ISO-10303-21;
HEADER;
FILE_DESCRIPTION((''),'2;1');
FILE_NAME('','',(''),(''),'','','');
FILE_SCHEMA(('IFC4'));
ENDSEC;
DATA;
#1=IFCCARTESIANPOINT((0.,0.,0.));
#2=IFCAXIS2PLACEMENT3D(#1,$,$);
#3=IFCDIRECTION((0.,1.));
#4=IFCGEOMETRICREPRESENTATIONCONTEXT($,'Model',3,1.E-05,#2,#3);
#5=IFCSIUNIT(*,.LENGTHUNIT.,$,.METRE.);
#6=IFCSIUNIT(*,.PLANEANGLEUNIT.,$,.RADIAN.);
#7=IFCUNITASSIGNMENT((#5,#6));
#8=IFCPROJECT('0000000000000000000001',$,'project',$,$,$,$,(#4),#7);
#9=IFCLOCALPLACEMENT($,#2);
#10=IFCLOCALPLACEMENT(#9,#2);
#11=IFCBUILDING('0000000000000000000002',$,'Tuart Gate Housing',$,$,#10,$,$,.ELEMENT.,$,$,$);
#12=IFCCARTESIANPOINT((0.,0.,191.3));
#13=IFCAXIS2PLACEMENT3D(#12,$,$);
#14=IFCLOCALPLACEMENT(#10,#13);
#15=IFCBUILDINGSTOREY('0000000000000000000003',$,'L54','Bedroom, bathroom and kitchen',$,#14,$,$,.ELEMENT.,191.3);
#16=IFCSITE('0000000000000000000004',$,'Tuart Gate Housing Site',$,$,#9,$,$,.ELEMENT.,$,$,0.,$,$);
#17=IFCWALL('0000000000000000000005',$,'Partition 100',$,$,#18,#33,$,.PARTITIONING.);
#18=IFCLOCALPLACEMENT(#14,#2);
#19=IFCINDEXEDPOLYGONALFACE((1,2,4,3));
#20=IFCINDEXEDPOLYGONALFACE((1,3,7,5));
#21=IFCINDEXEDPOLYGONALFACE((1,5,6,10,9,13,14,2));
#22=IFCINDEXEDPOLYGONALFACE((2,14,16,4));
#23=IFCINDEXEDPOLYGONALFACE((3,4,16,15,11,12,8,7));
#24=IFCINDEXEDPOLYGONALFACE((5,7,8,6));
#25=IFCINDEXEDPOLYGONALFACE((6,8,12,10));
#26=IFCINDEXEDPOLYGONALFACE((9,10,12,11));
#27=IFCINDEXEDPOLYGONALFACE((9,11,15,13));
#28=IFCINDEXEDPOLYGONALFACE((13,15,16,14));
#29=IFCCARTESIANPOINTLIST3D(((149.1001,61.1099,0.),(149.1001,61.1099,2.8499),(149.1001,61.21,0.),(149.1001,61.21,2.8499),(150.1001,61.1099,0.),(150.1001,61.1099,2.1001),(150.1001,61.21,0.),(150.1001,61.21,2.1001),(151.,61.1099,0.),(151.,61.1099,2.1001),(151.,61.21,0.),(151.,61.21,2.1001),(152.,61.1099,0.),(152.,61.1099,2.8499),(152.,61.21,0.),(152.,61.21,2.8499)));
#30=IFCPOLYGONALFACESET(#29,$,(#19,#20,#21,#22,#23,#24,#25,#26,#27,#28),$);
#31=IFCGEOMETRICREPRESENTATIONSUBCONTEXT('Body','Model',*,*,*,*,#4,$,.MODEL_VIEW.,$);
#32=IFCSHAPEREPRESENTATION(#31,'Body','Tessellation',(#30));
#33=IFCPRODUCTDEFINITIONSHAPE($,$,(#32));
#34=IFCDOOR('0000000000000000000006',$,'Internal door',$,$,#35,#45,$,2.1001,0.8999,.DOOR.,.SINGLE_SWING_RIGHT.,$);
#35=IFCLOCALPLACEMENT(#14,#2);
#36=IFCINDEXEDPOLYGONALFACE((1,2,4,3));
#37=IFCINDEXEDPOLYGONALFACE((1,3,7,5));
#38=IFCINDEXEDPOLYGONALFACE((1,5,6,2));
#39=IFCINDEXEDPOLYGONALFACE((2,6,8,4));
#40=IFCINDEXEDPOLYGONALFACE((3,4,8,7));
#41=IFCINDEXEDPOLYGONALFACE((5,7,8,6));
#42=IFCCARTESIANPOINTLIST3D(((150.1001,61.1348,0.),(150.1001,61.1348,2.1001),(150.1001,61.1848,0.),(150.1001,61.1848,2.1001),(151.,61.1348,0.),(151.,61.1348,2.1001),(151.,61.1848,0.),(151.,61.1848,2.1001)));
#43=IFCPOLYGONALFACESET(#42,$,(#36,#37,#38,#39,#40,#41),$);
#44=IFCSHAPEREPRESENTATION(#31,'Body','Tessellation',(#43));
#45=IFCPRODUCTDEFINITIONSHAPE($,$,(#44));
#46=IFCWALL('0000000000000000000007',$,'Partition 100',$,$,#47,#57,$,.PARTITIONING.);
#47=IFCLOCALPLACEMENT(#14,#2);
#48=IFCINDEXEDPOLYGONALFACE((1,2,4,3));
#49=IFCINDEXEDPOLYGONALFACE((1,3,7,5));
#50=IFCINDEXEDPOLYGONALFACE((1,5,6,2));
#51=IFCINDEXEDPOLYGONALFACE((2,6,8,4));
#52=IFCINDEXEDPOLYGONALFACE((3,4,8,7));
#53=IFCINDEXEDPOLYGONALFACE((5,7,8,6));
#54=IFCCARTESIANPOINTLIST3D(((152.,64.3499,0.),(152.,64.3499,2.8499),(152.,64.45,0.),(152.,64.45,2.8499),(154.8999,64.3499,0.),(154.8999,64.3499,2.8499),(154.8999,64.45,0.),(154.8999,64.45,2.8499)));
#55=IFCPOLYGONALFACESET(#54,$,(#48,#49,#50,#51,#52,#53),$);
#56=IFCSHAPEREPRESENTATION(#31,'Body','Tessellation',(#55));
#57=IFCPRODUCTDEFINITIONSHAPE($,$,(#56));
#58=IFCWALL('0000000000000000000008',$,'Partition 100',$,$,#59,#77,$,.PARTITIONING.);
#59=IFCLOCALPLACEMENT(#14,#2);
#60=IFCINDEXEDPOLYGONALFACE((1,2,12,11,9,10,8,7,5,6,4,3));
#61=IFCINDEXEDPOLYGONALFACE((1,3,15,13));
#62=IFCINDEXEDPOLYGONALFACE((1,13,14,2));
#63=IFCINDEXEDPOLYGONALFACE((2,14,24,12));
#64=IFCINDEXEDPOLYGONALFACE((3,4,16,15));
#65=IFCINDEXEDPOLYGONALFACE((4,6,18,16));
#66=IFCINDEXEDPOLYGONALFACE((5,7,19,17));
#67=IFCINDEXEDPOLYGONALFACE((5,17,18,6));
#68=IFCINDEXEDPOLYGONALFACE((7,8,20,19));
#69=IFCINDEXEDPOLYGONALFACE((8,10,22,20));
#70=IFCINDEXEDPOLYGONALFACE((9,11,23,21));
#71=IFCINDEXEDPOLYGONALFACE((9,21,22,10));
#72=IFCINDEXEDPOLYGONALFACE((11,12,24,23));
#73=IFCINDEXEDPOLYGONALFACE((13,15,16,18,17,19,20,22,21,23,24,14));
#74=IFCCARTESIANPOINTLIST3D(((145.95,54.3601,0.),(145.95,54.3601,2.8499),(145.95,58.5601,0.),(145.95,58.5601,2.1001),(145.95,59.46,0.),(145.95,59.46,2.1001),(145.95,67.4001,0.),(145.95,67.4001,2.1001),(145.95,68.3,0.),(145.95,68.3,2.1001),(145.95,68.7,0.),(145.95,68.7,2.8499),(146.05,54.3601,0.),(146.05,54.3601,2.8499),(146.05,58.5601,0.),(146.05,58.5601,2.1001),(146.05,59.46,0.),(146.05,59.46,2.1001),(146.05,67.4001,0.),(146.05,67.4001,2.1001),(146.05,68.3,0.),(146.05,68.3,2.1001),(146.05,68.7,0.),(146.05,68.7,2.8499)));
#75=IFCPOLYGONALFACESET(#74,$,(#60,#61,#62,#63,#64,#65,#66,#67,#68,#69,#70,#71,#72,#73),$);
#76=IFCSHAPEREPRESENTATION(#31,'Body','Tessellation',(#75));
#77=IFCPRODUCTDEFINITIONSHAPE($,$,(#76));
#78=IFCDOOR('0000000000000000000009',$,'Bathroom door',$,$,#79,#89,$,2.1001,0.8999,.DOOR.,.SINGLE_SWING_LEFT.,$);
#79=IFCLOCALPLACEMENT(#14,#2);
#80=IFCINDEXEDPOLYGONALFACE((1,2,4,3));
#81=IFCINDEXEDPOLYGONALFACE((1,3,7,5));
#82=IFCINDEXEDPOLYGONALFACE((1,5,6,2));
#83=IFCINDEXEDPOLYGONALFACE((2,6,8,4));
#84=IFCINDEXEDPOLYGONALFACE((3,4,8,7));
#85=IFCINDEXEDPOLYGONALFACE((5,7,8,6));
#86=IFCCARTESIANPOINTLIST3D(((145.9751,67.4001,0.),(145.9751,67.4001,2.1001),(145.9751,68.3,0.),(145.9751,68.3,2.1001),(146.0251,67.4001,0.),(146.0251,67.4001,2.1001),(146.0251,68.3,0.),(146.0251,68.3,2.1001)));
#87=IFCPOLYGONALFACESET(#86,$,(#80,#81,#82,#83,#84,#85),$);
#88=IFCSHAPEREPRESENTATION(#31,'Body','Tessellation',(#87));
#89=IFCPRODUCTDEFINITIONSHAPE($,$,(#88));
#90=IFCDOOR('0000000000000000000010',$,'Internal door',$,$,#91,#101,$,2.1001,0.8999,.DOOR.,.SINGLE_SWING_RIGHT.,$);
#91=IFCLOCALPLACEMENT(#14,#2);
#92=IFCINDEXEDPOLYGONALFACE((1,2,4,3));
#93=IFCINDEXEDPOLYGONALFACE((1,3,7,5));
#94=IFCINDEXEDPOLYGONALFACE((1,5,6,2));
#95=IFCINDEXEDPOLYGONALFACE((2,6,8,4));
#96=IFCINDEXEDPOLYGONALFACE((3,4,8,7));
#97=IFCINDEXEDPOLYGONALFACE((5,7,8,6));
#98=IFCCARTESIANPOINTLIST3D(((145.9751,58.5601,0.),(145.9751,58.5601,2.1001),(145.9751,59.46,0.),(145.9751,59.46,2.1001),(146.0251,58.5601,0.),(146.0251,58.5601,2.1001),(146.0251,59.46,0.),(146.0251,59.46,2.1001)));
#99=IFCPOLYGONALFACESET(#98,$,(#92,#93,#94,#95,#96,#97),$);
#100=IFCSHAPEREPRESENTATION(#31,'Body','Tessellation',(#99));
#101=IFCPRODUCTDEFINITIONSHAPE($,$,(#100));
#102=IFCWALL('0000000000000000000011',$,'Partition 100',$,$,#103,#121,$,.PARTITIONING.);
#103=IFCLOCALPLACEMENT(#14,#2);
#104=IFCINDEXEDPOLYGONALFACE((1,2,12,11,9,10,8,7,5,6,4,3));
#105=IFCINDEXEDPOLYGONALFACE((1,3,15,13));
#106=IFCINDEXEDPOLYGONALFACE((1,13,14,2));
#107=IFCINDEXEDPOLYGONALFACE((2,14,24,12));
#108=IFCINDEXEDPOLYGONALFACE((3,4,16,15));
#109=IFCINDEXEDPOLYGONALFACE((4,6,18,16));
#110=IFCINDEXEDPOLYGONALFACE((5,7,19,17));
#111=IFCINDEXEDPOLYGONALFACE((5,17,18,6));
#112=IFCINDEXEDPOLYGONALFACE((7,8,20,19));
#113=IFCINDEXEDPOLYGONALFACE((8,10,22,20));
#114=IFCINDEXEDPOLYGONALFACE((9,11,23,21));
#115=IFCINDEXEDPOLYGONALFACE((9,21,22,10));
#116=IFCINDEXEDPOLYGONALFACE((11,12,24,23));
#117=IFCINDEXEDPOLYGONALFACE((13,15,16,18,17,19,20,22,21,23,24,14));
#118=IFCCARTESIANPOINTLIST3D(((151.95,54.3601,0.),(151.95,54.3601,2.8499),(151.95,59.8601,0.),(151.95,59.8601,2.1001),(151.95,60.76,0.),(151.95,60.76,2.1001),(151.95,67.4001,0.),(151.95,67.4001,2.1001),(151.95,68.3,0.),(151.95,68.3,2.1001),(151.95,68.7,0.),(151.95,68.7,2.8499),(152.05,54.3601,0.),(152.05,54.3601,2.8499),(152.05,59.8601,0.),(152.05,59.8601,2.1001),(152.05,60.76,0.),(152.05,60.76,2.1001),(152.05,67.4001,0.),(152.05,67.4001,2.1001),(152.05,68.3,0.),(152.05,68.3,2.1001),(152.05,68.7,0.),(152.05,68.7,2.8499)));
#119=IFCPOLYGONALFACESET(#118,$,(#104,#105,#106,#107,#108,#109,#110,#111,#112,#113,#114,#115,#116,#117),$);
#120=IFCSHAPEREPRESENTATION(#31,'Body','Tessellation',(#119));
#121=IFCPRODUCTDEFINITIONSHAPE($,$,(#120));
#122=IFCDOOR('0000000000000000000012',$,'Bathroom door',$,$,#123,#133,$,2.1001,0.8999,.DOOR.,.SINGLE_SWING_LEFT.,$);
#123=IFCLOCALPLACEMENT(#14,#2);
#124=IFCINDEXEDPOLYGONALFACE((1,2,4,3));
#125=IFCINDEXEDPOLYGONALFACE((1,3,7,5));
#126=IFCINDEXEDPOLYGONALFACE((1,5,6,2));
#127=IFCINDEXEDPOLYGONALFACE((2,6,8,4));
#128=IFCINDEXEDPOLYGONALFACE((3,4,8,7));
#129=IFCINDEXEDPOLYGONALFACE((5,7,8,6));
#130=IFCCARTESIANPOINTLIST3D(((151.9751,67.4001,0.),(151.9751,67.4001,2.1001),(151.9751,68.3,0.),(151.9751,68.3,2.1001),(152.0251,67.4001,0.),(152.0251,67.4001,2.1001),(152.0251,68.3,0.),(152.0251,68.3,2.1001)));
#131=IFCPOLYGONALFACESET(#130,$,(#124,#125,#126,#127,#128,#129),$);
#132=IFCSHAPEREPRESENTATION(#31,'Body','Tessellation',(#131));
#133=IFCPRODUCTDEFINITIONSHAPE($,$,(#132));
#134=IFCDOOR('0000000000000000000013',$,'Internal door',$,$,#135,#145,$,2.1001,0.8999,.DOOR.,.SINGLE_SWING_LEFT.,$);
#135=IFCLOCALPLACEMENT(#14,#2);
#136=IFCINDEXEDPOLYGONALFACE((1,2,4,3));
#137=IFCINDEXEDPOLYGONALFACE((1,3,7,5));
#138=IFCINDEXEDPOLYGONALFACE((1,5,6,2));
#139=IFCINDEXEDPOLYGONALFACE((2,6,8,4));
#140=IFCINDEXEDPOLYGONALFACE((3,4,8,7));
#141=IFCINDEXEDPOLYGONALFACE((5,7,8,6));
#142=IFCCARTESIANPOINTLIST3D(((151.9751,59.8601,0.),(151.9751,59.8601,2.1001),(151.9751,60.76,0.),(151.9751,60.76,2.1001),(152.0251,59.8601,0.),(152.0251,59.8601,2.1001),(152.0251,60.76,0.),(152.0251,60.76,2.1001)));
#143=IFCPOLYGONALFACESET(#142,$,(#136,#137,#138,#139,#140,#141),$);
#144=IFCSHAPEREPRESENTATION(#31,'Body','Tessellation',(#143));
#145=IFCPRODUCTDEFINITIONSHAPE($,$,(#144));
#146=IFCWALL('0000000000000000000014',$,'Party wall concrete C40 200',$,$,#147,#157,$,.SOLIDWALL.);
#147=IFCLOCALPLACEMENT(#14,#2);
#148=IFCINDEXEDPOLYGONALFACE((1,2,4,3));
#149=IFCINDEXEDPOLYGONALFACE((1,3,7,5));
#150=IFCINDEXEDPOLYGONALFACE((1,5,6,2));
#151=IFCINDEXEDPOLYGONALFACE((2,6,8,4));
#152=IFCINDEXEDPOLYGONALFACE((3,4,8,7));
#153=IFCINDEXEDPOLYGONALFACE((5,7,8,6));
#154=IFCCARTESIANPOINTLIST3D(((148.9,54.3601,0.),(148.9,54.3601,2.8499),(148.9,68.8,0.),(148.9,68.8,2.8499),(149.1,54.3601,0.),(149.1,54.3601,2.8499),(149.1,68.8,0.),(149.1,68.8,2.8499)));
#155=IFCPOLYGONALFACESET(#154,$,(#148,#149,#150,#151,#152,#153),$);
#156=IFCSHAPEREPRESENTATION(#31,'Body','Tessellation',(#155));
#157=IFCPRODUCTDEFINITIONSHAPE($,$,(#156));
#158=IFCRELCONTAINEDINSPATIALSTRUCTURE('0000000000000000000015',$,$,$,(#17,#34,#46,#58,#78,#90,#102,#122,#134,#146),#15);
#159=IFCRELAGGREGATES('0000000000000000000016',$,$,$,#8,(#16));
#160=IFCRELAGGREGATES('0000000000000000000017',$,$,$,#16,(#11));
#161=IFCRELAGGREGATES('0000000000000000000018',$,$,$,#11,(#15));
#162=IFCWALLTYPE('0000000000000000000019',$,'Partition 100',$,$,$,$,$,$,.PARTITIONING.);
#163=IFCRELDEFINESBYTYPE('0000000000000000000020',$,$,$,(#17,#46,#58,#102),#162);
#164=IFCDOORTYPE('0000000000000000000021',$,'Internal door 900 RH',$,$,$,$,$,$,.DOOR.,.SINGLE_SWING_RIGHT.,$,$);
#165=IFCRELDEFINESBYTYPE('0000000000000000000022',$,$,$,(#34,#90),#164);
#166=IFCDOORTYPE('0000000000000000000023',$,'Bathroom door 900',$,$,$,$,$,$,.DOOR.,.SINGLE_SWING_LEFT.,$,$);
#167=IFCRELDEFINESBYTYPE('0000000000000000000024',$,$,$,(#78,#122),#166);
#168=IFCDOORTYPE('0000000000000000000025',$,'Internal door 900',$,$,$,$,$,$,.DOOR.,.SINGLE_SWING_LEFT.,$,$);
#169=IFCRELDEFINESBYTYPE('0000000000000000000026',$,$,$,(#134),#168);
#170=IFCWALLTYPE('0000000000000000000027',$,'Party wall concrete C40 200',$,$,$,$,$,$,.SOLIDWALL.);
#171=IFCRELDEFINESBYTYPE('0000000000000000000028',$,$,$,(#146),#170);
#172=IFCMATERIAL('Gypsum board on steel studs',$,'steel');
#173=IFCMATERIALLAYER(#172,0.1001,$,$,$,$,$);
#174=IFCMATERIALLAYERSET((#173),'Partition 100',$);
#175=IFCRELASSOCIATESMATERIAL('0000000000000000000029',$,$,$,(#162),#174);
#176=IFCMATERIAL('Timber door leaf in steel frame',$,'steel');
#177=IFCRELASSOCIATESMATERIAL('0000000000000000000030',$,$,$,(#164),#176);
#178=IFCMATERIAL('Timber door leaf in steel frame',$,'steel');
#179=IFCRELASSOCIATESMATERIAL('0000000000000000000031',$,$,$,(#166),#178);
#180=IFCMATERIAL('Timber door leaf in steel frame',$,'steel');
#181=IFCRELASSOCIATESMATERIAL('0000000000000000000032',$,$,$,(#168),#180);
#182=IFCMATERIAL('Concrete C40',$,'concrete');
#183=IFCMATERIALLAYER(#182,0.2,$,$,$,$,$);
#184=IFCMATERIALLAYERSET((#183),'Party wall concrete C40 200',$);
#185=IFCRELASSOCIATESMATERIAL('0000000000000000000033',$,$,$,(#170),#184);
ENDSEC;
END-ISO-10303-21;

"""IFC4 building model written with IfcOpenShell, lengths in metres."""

from ifc_helpers import new_model, si_unit, direction, frame, frame_2d, origin, place, context, subcontext, project, spatial, rectangle, extrude, material, layer, layer_set, type_object, element, fill, save


model = new_model("IFC4")

# Units and contexts
model_context = context("Model", 3, precision=1e-05, world=origin(), true_north=direction((0.0, 1.0)))
body_context = subcontext(model_context, "Body", "Model", "MODEL_VIEW")
ifc_project = project(units=[si_unit("LENGTHUNIT", "METRE"), si_unit("PLANEANGLEUNIT", "RADIAN")], contexts=[model_context])

# Site, building, storey
site_placement = place(None, origin())
site = spatial("IfcSite", under=ifc_project, at=site_placement, Name="Tuart Gate Housing Site", CompositionType="ELEMENT", RefElevation=0.0)
building_placement = place(site_placement, origin())
building = spatial("IfcBuilding", under=site, at=building_placement, Name="Tuart Gate Housing", CompositionType="ELEMENT")
storey_placement = place(building_placement, frame((0.0, 0.0, 191.3)))
storey = spatial("IfcBuildingStorey", under=building, at=storey_placement, Name="L54", Description="Bedroom, bathroom and kitchen", CompositionType="ELEMENT", Elevation=191.3)

# Shared definitions
ifc_material_1 = material(Name="Gypsum board on steel studs", Category="steel")
ifc_layer_1 = layer(ifc_material_1, 0.1001)
ifc_layer_set_1 = layer_set([ifc_layer_1], Name="Partition 100")
wall_type_1 = type_object("IfcWallType", Name="Partition 100", PredefinedType="PARTITIONING", material=ifc_layer_set_1)

# Wall, opening, door
wall_1_placement = place(storey_placement, frame((149.1001, 61.1599, 0.0), z_axis=(0.0, 0.0, 1.0), x_axis=(1.0, 0.0, 0.0)))
wall_1 = element("IfcWall", 1, at=wall_1_placement, inside=storey, type_object=wall_type_1, Name="Partition 100", PredefinedType="PARTITIONING", context=body_context, shape_type="SweptSolid", body=[
    extrude(rectangle(XDim=2.8999, YDim=0.1001, at=frame_2d((1.45, 0.0))), origin(), (0.0, 0.0, 1.0), 2.8499),
])
opening_1_placement = place(wall_1_placement, frame((1.0, 0.0, 0.0)))
opening_1 = element("IfcOpeningElement", 2, at=opening_1_placement, cuts=wall_1, PredefinedType="OPENING", context=body_context, shape_type="SweptSolid", body=[
    extrude(rectangle(XDim=0.8999, YDim=2.1001, at=frame_2d((0.45, 1.05))), frame((0.0, 0.0601, 0.0), z_axis=(0.0, -1.0, 0.0), x_axis=(1.0, 0.0, 0.0)), (0.0, 0.0, 1.0), 0.1201),
])
ifc_material_2 = material(Name="Timber door leaf in steel frame", Category="steel")
door_type_1 = type_object("IfcDoorType", Name="Internal door 900 RH", OperationType="SINGLE_SWING_RIGHT", PredefinedType="DOOR", material=ifc_material_2)
door_1_placement = place(opening_1_placement, origin())
door_1 = element("IfcDoor", 3, at=door_1_placement, inside=storey, type_object=door_type_1, Name="Internal door", OperationType="SINGLE_SWING_RIGHT", OverallHeight=2.1001, OverallWidth=0.8999, PredefinedType="DOOR", context=body_context, shape_type="SweptSolid", body=[
    extrude(rectangle(XDim=0.8999, YDim=2.1001, at=frame_2d((0.45, 1.05))), frame((0.0, 0.0249, 0.0), z_axis=(0.0, -1.0, 0.0), x_axis=(1.0, 0.0, 0.0)), (0.0, 0.0, 1.0), 0.05),
])
fill(opening_1, door_1)

# Wall
wall_2_placement = place(storey_placement, frame((152.0, 64.3999, 0.0), z_axis=(0.0, 0.0, 1.0), x_axis=(1.0, 0.0, 0.0)))
element("IfcWall", 4, at=wall_2_placement, inside=storey, type_object=wall_type_1, Name="Partition 100", PredefinedType="PARTITIONING", context=body_context, shape_type="SweptSolid", body=[
    extrude(rectangle(XDim=2.8999, YDim=0.1001, at=frame_2d((1.45, 0.0))), origin(), (0.0, 0.0, 1.0), 2.8499),
])

# Walls, openings, doors
wall_3_placement = place(storey_placement, frame((146.0, 54.3601, 0.0), z_axis=(0.0, 0.0, 1.0), x_axis=(0.0, 1.0, 0.0)))
wall_3 = element("IfcWall", 5, at=wall_3_placement, inside=storey, type_object=wall_type_1, Name="Partition 100", PredefinedType="PARTITIONING", context=body_context, shape_type="SweptSolid", body=[
    extrude(rectangle(XDim=14.3398, YDim=0.1001, at=frame_2d((7.1699, 0.0))), origin(), (0.0, 0.0, 1.0), 2.8499),
])
opening_2_placement = place(wall_3_placement, frame((4.2, 0.0, 0.0)))
opening_2 = element("IfcOpeningElement", 6, at=opening_2_placement, cuts=wall_3, PredefinedType="OPENING", context=body_context, shape_type="SweptSolid", body=[
    extrude(rectangle(XDim=0.8999, YDim=2.1001, at=frame_2d((0.45, 1.05))), frame((0.0, 0.0601, 0.0), z_axis=(0.0, -1.0, 0.0), x_axis=(1.0, 0.0, 0.0)), (0.0, 0.0, 1.0), 0.1201),
])
opening_3_placement = place(wall_3_placement, frame((13.04, 0.0, 0.0)))
opening_3 = element("IfcOpeningElement", 7, at=opening_3_placement, cuts=wall_3, PredefinedType="OPENING", context=body_context, shape_type="SweptSolid", body=[
    extrude(rectangle(XDim=0.8999, YDim=2.1001, at=frame_2d((0.45, 1.05))), frame((0.0, 0.0601, 0.0), z_axis=(0.0, -1.0, 0.0), x_axis=(1.0, 0.0, 0.0)), (0.0, 0.0, 1.0), 0.1201),
])
ifc_material_3 = material(Name="Timber door leaf in steel frame", Category="steel")
door_type_2 = type_object("IfcDoorType", Name="Bathroom door 900", OperationType="SINGLE_SWING_LEFT", PredefinedType="DOOR", material=ifc_material_3)
door_2_placement = place(opening_3_placement, frame((0.8999, 0.0, 0.0), z_axis=(0.0, 0.0, 1.0), x_axis=(-1.0, 0.0, 0.0)))
door_2 = element("IfcDoor", 8, at=door_2_placement, inside=storey, type_object=door_type_2, Name="Bathroom door", OperationType="SINGLE_SWING_LEFT", OverallHeight=2.1001, OverallWidth=0.8999, PredefinedType="DOOR", context=body_context, shape_type="SweptSolid", body=[
    extrude(rectangle(XDim=0.8999, YDim=2.1001, at=frame_2d((0.45, 1.05))), frame((0.0, 0.0251, 0.0), z_axis=(0.0, -1.0, 0.0), x_axis=(1.0, 0.0, 0.0)), (0.0, 0.0, 1.0), 0.05),
])
fill(opening_3, door_2)
door_3_placement = place(opening_2_placement, frame((0.8999, 0.0, 0.0), z_axis=(0.0, 0.0, 1.0), x_axis=(-1.0, 0.0, 0.0)))
door_3 = element("IfcDoor", 9, at=door_3_placement, inside=storey, type_object=door_type_1, Name="Internal door", OperationType="SINGLE_SWING_RIGHT", OverallHeight=2.1001, OverallWidth=0.8999, PredefinedType="DOOR", context=body_context, shape_type="SweptSolid", body=[
    extrude(rectangle(XDim=0.8999, YDim=2.1001, at=frame_2d((0.45, 1.05))), frame((0.0, 0.0251, 0.0), z_axis=(0.0, -1.0, 0.0), x_axis=(1.0, 0.0, 0.0)), (0.0, 0.0, 1.0), 0.05),
])
fill(opening_2, door_3)
wall_4_placement = place(storey_placement, frame((152.0, 54.3601, 0.0), z_axis=(0.0, 0.0, 1.0), x_axis=(0.0, 1.0, 0.0)))
wall_4 = element("IfcWall", 10, at=wall_4_placement, inside=storey, type_object=wall_type_1, Name="Partition 100", PredefinedType="PARTITIONING", context=body_context, shape_type="SweptSolid", body=[
    extrude(rectangle(XDim=14.3398, YDim=0.1001, at=frame_2d((7.1699, 0.0))), origin(), (0.0, 0.0, 1.0), 2.8499),
])
opening_4_placement = place(wall_4_placement, frame((5.5, 0.0, 0.0)))
opening_4 = element("IfcOpeningElement", 11, at=opening_4_placement, cuts=wall_4, PredefinedType="OPENING", context=body_context, shape_type="SweptSolid", body=[
    extrude(rectangle(XDim=0.8999, YDim=2.1001, at=frame_2d((0.45, 1.05))), frame((0.0, 0.0601, 0.0), z_axis=(0.0, -1.0, 0.0), x_axis=(1.0, 0.0, 0.0)), (0.0, 0.0, 1.0), 0.1201),
])
opening_5_placement = place(wall_4_placement, frame((13.04, 0.0, 0.0)))
opening_5 = element("IfcOpeningElement", 12, at=opening_5_placement, cuts=wall_4, PredefinedType="OPENING", context=body_context, shape_type="SweptSolid", body=[
    extrude(rectangle(XDim=0.8999, YDim=2.1001, at=frame_2d((0.45, 1.05))), frame((0.0, 0.0601, 0.0), z_axis=(0.0, -1.0, 0.0), x_axis=(1.0, 0.0, 0.0)), (0.0, 0.0, 1.0), 0.1201),
])
door_4_placement = place(opening_5_placement, frame((0.8999, 0.0, 0.0), z_axis=(0.0, 0.0, 1.0), x_axis=(-1.0, 0.0, 0.0)))
door_4 = element("IfcDoor", 13, at=door_4_placement, inside=storey, type_object=door_type_2, Name="Bathroom door", OperationType="SINGLE_SWING_LEFT", OverallHeight=2.1001, OverallWidth=0.8999, PredefinedType="DOOR", context=body_context, shape_type="SweptSolid", body=[
    extrude(rectangle(XDim=0.8999, YDim=2.1001, at=frame_2d((0.45, 1.05))), frame((0.0, 0.0251, 0.0), z_axis=(0.0, -1.0, 0.0), x_axis=(1.0, 0.0, 0.0)), (0.0, 0.0, 1.0), 0.05),
])
fill(opening_5, door_4)
ifc_material_4 = material(Name="Timber door leaf in steel frame", Category="steel")
door_type_3 = type_object("IfcDoorType", Name="Internal door 900", OperationType="SINGLE_SWING_LEFT", PredefinedType="DOOR", material=ifc_material_4)
door_5_placement = place(opening_4_placement, frame((0.8999, 0.0, 0.0), z_axis=(0.0, 0.0, 1.0), x_axis=(-1.0, 0.0, 0.0)))
door_5 = element("IfcDoor", 14, at=door_5_placement, inside=storey, type_object=door_type_3, Name="Internal door", OperationType="SINGLE_SWING_LEFT", OverallHeight=2.1001, OverallWidth=0.8999, PredefinedType="DOOR", context=body_context, shape_type="SweptSolid", body=[
    extrude(rectangle(XDim=0.8999, YDim=2.1001, at=frame_2d((0.45, 1.05))), frame((0.0, 0.0251, 0.0), z_axis=(0.0, -1.0, 0.0), x_axis=(1.0, 0.0, 0.0)), (0.0, 0.0, 1.0), 0.05),
])
fill(opening_4, door_5)

# Wall
ifc_material_5 = material(Name="Concrete C40", Category="concrete")
ifc_layer_2 = layer(ifc_material_5, 0.2)
ifc_layer_set_2 = layer_set([ifc_layer_2], Name="Party wall concrete C40 200")
wall_type_2 = type_object("IfcWallType", Name="Party wall concrete C40 200", PredefinedType="SOLIDWALL", material=ifc_layer_set_2)
wall_5_placement = place(storey_placement, frame((149.0, 54.3601, 0.0), z_axis=(0.0, 0.0, 1.0), x_axis=(0.0, 1.0, 0.0)))
element("IfcWall", 15, at=wall_5_placement, inside=storey, type_object=wall_type_2, Name="Party wall concrete C40 200", PredefinedType="SOLIDWALL", context=body_context, shape_type="SweptSolid", body=[
    extrude(rectangle(XDim=14.4399, YDim=0.2, at=frame_2d((7.22, 0.0))), origin(), (0.0, 0.0, 1.0), 2.8499),
])

save(model, "model.ifc")
